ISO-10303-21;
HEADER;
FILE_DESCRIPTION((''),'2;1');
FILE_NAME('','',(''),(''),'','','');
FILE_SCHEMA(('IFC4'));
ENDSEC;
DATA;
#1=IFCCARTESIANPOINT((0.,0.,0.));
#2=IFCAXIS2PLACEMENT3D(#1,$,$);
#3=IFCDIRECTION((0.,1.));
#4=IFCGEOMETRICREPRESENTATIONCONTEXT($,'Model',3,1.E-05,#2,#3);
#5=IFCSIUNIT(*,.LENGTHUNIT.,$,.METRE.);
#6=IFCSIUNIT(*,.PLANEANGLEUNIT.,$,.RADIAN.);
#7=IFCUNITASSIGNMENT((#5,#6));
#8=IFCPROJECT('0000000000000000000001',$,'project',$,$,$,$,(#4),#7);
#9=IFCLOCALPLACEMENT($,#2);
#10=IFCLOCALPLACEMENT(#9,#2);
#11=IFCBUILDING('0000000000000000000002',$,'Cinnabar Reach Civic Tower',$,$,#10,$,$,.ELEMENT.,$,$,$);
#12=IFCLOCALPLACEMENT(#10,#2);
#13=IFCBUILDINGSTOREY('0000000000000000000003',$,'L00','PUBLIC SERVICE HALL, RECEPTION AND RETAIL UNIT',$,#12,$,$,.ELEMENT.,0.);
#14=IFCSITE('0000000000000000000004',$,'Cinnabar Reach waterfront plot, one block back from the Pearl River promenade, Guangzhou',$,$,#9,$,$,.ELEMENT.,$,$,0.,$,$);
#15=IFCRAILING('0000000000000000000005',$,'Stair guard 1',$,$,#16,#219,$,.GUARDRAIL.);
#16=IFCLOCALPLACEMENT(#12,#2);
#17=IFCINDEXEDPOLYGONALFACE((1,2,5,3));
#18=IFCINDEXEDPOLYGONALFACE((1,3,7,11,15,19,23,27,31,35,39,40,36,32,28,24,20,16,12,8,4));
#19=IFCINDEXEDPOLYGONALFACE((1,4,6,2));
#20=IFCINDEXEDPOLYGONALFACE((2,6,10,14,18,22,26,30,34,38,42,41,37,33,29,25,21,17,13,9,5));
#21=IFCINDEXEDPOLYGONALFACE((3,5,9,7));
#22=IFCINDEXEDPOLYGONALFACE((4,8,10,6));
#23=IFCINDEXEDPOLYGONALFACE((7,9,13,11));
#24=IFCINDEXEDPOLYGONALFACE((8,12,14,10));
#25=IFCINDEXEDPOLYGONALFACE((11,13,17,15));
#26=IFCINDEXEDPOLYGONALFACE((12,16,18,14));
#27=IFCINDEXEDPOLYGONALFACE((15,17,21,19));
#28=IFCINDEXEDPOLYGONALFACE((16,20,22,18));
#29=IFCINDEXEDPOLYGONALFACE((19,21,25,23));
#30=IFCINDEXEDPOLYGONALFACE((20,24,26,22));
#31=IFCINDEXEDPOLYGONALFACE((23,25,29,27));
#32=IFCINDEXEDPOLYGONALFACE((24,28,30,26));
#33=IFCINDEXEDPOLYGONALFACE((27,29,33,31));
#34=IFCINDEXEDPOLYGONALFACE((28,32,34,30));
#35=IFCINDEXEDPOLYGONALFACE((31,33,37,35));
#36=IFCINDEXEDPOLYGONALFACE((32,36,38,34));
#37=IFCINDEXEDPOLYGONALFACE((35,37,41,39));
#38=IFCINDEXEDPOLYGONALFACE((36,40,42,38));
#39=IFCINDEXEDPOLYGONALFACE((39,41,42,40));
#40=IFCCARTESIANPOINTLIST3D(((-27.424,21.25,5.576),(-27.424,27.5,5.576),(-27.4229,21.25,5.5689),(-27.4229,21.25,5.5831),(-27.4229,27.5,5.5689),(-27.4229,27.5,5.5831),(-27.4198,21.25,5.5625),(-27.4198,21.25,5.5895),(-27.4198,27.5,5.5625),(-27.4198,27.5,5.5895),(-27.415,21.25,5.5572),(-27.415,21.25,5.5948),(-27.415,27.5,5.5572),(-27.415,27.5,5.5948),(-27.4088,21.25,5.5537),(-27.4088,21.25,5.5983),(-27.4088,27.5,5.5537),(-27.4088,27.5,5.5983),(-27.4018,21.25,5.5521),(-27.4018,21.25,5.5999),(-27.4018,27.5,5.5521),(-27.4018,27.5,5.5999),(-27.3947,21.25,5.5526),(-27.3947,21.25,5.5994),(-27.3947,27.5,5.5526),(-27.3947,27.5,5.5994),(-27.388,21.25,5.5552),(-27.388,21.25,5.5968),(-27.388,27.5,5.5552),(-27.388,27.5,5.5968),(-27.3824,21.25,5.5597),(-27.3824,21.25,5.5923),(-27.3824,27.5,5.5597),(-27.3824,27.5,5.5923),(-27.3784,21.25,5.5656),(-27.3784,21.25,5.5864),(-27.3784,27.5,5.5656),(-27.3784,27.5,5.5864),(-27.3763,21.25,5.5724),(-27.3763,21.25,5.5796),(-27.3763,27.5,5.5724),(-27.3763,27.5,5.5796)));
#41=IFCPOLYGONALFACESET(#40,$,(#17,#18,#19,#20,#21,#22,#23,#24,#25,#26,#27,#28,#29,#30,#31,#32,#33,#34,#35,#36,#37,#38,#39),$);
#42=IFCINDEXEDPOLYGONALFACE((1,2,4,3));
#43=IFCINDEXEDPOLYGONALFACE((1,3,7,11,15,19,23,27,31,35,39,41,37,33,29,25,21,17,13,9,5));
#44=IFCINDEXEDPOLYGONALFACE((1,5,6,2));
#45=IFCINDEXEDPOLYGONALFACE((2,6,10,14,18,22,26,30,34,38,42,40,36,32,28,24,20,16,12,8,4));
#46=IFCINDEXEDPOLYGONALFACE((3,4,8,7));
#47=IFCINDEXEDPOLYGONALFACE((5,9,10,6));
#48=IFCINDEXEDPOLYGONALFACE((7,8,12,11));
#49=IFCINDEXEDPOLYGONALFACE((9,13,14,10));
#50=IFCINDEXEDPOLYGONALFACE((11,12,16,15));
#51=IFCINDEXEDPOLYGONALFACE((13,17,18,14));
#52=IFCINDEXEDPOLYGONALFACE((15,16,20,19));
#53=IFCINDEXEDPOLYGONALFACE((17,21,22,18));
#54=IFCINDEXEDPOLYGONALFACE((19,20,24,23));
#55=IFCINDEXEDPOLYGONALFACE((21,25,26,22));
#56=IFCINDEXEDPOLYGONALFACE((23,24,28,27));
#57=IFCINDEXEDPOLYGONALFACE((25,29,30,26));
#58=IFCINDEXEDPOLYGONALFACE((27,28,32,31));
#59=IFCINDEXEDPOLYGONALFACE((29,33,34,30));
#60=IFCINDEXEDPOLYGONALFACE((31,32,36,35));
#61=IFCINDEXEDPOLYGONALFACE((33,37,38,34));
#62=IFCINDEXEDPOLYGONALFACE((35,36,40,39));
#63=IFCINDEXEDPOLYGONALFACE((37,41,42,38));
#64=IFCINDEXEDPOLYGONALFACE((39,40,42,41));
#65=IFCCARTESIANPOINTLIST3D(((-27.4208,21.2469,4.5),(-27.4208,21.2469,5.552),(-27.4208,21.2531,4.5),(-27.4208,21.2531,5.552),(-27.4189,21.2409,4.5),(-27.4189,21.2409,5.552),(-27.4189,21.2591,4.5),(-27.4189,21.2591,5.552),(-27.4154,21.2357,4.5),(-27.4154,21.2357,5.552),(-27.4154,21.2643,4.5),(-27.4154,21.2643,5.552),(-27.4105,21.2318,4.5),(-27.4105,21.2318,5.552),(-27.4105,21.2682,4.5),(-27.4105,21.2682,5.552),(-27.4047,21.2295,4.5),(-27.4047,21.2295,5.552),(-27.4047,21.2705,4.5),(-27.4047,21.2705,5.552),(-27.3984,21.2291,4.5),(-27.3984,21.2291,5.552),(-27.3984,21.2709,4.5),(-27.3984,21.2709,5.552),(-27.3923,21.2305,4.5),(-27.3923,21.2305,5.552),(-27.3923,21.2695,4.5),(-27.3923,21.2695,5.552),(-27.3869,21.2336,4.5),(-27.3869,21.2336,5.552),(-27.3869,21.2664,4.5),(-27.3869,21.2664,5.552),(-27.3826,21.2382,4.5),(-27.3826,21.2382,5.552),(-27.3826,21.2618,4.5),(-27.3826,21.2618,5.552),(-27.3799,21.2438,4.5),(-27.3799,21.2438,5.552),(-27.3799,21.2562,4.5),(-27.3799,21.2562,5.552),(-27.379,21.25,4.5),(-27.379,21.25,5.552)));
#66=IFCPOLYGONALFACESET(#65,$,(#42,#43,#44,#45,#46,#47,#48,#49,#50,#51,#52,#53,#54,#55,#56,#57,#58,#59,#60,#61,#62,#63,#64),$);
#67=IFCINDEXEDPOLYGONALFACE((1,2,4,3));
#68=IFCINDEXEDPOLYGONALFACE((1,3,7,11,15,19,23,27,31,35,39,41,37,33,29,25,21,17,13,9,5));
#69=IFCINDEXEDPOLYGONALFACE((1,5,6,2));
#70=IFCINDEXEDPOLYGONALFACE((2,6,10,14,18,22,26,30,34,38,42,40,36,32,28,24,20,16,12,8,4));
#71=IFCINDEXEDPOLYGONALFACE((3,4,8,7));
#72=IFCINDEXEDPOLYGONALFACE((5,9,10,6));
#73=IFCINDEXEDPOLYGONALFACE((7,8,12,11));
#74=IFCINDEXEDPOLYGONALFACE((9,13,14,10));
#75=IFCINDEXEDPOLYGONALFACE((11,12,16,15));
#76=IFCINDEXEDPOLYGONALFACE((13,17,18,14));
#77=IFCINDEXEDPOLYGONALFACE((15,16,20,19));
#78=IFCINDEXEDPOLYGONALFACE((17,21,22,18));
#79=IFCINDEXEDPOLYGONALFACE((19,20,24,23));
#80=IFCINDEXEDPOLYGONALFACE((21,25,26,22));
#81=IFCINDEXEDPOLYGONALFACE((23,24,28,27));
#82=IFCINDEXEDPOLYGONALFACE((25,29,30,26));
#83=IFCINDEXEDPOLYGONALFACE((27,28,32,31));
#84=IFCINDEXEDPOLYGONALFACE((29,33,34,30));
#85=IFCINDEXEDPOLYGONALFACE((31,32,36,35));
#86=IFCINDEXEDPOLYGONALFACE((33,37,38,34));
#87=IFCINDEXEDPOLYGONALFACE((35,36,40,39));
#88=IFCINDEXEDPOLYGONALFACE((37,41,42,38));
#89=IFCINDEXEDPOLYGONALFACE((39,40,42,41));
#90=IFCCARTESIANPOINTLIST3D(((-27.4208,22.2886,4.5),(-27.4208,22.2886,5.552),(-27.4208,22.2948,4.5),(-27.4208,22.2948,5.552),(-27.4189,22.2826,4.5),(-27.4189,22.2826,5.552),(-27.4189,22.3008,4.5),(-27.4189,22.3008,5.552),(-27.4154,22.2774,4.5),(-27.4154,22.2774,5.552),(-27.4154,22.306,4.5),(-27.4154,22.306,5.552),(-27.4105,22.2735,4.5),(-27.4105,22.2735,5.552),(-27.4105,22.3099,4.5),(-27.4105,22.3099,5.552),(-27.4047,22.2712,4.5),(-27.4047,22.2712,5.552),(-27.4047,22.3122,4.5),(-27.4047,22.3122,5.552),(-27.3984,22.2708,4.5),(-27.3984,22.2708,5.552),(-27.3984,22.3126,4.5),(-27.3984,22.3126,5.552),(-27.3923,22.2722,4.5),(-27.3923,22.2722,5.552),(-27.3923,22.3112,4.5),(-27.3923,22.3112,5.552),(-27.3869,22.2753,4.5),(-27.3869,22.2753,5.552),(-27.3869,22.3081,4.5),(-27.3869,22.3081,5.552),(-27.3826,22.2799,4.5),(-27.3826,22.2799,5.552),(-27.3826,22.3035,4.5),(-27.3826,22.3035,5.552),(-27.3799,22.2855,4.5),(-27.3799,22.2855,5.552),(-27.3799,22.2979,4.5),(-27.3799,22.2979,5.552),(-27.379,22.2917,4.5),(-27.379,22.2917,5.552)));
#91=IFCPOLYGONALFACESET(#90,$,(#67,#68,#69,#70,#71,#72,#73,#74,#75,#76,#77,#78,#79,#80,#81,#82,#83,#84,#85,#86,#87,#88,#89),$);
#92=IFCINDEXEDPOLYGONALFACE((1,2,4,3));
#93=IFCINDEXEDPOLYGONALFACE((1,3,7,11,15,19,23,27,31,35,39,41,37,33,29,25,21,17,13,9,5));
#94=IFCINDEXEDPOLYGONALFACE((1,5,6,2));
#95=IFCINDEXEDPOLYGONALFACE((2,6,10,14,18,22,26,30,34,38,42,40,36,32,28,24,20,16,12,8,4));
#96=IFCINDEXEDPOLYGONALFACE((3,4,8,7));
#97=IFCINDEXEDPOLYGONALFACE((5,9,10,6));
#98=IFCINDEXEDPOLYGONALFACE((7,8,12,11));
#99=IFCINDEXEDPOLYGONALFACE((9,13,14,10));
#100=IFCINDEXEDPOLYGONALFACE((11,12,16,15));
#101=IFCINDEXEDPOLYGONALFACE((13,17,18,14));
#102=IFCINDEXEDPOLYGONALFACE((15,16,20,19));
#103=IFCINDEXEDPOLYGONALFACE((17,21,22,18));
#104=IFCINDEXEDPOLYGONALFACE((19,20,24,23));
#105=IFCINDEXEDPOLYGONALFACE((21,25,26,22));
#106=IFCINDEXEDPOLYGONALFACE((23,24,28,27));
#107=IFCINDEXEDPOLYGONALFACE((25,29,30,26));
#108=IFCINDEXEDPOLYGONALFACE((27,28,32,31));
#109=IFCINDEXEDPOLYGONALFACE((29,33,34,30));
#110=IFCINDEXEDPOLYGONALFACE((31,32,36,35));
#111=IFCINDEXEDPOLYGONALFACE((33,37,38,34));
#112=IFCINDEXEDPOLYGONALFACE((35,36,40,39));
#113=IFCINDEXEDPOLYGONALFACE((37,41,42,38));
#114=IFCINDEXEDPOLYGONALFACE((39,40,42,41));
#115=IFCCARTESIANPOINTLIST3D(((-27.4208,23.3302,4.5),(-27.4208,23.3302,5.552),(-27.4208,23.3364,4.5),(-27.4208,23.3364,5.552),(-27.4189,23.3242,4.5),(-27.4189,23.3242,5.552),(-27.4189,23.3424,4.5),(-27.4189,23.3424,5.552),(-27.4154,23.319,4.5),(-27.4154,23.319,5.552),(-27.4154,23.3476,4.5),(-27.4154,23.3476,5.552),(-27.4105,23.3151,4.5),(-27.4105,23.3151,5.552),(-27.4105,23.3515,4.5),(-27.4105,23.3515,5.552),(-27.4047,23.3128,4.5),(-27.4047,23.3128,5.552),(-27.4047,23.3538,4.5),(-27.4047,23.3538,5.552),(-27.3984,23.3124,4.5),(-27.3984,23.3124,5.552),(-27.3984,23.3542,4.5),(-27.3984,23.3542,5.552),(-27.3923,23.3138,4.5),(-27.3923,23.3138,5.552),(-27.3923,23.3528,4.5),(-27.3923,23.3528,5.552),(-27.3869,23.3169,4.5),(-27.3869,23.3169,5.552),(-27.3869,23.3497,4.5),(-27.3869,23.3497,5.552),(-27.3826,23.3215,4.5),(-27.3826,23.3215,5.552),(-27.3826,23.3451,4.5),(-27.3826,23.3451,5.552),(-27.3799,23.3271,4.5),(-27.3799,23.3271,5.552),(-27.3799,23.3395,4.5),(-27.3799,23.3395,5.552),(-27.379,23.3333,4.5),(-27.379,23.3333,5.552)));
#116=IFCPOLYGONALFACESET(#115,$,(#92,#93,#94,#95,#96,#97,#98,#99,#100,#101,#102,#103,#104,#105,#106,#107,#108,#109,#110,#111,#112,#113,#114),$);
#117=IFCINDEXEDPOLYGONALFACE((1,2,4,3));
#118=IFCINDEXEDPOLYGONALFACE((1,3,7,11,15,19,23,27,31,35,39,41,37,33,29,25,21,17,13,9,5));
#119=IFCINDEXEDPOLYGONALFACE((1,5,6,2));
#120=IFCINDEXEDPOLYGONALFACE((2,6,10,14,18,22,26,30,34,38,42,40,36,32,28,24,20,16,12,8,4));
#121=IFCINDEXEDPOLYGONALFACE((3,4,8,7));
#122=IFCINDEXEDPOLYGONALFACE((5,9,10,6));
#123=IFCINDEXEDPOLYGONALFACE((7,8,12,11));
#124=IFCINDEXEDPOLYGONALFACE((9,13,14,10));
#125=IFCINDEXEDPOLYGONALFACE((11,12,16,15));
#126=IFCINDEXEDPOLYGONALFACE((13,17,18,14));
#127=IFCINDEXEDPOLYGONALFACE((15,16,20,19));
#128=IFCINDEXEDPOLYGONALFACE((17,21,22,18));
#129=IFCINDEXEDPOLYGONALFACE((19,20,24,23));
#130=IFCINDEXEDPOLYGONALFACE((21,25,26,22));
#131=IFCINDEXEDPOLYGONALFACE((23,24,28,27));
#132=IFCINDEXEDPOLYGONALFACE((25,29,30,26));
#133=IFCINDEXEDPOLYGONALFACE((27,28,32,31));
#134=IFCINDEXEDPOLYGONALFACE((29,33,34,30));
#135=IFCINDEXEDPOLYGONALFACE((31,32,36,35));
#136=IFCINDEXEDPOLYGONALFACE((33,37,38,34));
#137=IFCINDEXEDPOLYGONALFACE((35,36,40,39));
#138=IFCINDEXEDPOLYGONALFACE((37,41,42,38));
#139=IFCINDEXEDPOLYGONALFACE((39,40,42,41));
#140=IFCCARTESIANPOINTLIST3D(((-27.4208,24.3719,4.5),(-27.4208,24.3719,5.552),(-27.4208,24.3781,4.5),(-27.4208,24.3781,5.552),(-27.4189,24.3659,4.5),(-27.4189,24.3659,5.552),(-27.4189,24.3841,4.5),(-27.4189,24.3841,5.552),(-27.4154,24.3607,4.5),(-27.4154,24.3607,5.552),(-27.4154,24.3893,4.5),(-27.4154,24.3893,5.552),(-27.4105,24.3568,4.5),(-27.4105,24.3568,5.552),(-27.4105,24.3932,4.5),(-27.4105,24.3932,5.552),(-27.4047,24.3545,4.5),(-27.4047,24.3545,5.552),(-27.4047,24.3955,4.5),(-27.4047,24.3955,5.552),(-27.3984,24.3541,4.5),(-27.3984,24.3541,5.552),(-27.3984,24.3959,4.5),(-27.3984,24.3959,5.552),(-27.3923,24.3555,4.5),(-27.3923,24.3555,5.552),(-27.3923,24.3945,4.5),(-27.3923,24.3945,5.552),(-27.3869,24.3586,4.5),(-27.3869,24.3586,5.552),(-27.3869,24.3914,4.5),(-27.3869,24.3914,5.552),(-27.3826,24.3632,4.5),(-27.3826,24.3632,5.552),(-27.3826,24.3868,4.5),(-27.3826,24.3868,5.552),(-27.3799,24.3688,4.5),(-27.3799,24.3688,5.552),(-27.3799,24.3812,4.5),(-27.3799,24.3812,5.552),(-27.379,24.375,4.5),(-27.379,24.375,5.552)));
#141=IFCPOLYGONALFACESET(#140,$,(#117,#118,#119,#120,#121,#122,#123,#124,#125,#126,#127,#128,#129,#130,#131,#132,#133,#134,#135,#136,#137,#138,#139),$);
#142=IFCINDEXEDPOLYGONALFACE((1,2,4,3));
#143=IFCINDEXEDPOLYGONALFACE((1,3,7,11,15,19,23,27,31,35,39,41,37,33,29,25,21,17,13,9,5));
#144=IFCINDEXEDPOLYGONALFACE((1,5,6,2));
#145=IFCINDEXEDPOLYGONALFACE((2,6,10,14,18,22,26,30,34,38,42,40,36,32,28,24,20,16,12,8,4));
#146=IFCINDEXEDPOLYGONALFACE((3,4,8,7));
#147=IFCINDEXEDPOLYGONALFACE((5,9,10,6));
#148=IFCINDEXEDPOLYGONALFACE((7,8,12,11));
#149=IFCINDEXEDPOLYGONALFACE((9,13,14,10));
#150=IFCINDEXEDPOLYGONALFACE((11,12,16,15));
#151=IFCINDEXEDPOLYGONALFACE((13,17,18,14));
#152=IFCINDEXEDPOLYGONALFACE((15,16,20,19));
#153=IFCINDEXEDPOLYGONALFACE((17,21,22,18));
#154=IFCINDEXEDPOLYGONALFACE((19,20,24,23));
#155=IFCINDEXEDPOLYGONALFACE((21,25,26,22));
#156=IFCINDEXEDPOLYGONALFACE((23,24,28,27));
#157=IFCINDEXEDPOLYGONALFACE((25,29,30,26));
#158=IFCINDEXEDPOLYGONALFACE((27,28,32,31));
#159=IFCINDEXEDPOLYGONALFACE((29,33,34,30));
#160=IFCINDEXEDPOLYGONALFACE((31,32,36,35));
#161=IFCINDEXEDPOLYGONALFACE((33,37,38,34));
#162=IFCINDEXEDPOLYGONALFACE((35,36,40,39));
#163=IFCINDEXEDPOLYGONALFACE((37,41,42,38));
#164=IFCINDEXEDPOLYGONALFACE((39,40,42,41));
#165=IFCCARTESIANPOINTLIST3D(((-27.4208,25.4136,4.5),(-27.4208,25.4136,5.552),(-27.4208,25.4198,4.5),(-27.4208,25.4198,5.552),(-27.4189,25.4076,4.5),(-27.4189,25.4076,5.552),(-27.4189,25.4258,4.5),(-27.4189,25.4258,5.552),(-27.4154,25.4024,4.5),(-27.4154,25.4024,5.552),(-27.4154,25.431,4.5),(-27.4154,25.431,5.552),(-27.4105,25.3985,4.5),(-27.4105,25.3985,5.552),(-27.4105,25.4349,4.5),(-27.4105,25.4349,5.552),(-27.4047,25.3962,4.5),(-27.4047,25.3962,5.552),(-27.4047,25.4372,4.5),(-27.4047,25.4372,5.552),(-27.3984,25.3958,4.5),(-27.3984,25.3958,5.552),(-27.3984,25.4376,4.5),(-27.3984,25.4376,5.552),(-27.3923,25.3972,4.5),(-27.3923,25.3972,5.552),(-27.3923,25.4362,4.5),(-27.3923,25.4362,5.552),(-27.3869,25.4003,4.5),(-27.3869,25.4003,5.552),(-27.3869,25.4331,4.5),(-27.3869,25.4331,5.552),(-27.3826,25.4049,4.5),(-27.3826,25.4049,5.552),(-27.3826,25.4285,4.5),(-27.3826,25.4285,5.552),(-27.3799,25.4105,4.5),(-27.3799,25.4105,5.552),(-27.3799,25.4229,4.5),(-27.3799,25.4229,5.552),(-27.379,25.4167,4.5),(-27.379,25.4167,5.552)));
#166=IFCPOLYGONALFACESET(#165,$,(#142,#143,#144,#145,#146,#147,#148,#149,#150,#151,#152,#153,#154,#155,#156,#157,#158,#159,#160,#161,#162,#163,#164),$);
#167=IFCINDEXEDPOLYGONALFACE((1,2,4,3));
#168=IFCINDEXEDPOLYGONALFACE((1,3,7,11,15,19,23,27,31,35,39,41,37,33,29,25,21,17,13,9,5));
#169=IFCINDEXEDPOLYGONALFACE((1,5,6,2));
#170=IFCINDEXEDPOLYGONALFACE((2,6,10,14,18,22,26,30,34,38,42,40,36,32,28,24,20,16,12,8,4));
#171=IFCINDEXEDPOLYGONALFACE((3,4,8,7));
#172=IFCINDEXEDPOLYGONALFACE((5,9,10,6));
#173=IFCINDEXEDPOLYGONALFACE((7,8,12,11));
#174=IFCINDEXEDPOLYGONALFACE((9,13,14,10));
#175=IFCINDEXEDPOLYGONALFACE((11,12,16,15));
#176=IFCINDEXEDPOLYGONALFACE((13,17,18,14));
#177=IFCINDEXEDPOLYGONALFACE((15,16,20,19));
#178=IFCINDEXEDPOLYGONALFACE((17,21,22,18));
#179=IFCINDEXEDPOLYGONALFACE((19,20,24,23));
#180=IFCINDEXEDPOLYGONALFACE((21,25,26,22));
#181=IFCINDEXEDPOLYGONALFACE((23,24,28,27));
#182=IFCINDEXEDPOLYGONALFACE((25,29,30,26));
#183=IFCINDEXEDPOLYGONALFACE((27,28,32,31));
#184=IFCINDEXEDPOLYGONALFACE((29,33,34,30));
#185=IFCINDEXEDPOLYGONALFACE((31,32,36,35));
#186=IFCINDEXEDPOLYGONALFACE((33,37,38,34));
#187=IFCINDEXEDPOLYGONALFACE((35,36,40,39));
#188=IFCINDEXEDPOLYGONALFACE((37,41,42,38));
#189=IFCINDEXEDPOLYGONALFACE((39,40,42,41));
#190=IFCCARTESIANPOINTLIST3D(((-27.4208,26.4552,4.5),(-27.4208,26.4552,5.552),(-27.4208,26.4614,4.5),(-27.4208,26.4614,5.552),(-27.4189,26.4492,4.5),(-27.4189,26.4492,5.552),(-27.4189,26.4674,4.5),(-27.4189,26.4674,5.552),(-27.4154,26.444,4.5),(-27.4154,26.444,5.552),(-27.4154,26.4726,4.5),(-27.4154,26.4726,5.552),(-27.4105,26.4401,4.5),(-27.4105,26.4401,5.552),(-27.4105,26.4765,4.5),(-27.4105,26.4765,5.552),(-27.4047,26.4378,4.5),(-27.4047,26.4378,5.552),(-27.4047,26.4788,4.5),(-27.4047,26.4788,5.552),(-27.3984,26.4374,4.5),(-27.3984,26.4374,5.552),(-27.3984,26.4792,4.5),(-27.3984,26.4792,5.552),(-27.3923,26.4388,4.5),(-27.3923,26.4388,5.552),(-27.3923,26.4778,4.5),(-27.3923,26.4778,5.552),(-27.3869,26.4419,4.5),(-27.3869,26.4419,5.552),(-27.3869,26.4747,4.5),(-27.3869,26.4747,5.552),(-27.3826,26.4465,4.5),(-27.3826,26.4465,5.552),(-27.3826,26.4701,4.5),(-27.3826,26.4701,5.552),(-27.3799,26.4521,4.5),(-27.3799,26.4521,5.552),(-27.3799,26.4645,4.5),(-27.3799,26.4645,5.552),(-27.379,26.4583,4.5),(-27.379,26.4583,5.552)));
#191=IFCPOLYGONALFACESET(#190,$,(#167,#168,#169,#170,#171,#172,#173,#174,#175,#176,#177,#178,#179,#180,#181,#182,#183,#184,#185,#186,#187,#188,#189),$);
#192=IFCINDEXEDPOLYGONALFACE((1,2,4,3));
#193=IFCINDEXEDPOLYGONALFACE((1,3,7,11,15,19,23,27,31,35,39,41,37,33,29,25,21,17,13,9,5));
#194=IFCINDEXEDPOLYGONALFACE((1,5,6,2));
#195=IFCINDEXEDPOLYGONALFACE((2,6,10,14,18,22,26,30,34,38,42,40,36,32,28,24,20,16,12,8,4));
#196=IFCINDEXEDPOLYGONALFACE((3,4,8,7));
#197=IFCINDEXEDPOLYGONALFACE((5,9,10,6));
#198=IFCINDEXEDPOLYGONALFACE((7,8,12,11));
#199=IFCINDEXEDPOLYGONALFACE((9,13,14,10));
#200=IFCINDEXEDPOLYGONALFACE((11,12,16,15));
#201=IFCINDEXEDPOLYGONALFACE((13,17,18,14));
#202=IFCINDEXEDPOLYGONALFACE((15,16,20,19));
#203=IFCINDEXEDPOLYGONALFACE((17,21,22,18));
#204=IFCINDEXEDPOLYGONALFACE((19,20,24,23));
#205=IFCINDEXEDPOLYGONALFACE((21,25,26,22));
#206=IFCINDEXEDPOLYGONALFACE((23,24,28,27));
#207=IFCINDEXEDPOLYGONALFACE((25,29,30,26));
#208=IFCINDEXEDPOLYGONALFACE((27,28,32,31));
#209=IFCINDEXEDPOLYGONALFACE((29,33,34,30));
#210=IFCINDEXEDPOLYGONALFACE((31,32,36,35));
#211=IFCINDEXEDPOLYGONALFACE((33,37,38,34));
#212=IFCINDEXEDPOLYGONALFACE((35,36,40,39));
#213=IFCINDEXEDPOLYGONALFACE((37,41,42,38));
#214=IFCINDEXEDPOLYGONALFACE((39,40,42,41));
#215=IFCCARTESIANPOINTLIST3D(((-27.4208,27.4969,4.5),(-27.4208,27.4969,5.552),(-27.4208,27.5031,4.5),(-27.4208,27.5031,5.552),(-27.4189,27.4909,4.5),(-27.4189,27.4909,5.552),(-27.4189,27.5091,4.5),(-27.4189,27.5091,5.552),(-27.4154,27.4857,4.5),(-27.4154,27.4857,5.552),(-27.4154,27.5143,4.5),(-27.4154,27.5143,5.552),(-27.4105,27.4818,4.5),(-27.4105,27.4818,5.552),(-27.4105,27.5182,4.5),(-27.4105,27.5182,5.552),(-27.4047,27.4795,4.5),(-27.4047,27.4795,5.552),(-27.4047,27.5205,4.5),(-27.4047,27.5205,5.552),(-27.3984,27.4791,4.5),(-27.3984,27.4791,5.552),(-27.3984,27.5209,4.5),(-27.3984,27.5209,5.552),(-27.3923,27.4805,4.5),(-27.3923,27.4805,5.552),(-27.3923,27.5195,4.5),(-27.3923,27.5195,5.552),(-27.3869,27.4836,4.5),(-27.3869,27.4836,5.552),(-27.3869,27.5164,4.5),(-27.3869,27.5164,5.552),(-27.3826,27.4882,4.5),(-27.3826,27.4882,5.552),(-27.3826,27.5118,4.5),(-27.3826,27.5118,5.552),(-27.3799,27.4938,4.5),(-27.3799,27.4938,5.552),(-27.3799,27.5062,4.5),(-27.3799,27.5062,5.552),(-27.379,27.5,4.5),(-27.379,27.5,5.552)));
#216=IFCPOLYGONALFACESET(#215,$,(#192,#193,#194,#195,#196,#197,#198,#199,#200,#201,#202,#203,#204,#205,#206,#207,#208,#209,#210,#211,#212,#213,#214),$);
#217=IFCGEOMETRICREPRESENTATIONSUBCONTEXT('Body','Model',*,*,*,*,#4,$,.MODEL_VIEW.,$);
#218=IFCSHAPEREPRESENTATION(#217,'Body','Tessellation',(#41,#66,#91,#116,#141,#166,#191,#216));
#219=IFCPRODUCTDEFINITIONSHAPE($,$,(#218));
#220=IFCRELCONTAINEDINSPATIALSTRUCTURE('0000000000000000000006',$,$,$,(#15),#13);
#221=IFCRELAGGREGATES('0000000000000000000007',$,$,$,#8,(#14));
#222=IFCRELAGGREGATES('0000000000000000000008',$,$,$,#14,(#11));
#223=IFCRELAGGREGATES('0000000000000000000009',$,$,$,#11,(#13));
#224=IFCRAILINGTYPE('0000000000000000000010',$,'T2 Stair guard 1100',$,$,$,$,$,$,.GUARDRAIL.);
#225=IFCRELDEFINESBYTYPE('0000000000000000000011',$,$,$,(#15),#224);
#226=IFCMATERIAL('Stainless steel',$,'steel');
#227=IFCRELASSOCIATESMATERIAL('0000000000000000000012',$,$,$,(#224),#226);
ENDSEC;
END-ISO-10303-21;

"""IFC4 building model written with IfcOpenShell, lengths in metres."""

from ifc_helpers import new_model, si_unit, direction, frame, origin, origin_2d, place, context, subcontext, project, spatial, circle, extrude, material, type_object, element, save


model = new_model("IFC4")

# Units and contexts
model_context = context("Model", 3, precision=1e-05, world=origin(), true_north=direction((0.0, 1.0)))
body_context = subcontext(model_context, "Body", "Model", "MODEL_VIEW")
ifc_project = project(units=[si_unit("LENGTHUNIT", "METRE"), si_unit("PLANEANGLEUNIT", "RADIAN")], contexts=[model_context])

# Site, building, storey
site_placement = place(None, origin())
site = spatial("IfcSite", under=ifc_project, at=site_placement, Name="Cinnabar Reach waterfront plot, one block back from the Pearl River promenade, Guangzhou", CompositionType="ELEMENT", RefElevation=0.0)
building_placement = place(site_placement, origin())
building = spatial("IfcBuilding", under=site, at=building_placement, Name="Cinnabar Reach Civic Tower", CompositionType="ELEMENT")
storey_placement = place(building_placement, origin())
storey = spatial("IfcBuildingStorey", under=building, at=storey_placement, Name="L00", Description="PUBLIC SERVICE HALL, RECEPTION AND RETAIL UNIT", CompositionType="ELEMENT", Elevation=0.0)

# Railing
ifc_material_1 = material(Name="Stainless steel", Category="steel")
railing_type = type_object("IfcRailingType", Name="T2 Stair guard 1100", PredefinedType="GUARDRAIL", material=ifc_material_1)
for number, where, name in (
    (1, (-27.4, 21.25, 4.5), "Stair guard 1"),
):
    element("IfcRailing", number, at=place(storey_placement, frame(where)), inside=storey, type_object=railing_type, Name=name, PredefinedType="GUARDRAIL", context=body_context, shape_type="SweptSolid", body=[
        extrude(circle(Radius=0.024, at=origin_2d()), frame((0.0, 0.0, 1.076), z_axis=(0.0, 1.0, 0.0), x_axis=(-1.0, 0.0, 0.0)), (0.0, 0.0, 1.0), 6.25),
        extrude(circle(Radius=0.021, at=origin_2d()), origin(), (0.0, 0.0, 1.0), 1.052),
        extrude(circle(Radius=0.021, at=origin_2d()), frame((0.0, 1.0417, 0.0)), (0.0, 0.0, 1.0), 1.052),
        extrude(circle(Radius=0.021, at=origin_2d()), frame((0.0, 2.0833, 0.0)), (0.0, 0.0, 1.0), 1.052),
        extrude(circle(Radius=0.021, at=origin_2d()), frame((0.0, 3.125, 0.0)), (0.0, 0.0, 1.0), 1.052),
        extrude(circle(Radius=0.021, at=origin_2d()), frame((0.0, 4.1667, 0.0)), (0.0, 0.0, 1.0), 1.052),
        extrude(circle(Radius=0.021, at=origin_2d()), frame((0.0, 5.2083, 0.0)), (0.0, 0.0, 1.0), 1.052),
        extrude(circle(Radius=0.021, at=origin_2d()), frame((0.0, 6.25, 0.0)), (0.0, 0.0, 1.0), 1.052),
    ])

save(model, "model.ifc")
